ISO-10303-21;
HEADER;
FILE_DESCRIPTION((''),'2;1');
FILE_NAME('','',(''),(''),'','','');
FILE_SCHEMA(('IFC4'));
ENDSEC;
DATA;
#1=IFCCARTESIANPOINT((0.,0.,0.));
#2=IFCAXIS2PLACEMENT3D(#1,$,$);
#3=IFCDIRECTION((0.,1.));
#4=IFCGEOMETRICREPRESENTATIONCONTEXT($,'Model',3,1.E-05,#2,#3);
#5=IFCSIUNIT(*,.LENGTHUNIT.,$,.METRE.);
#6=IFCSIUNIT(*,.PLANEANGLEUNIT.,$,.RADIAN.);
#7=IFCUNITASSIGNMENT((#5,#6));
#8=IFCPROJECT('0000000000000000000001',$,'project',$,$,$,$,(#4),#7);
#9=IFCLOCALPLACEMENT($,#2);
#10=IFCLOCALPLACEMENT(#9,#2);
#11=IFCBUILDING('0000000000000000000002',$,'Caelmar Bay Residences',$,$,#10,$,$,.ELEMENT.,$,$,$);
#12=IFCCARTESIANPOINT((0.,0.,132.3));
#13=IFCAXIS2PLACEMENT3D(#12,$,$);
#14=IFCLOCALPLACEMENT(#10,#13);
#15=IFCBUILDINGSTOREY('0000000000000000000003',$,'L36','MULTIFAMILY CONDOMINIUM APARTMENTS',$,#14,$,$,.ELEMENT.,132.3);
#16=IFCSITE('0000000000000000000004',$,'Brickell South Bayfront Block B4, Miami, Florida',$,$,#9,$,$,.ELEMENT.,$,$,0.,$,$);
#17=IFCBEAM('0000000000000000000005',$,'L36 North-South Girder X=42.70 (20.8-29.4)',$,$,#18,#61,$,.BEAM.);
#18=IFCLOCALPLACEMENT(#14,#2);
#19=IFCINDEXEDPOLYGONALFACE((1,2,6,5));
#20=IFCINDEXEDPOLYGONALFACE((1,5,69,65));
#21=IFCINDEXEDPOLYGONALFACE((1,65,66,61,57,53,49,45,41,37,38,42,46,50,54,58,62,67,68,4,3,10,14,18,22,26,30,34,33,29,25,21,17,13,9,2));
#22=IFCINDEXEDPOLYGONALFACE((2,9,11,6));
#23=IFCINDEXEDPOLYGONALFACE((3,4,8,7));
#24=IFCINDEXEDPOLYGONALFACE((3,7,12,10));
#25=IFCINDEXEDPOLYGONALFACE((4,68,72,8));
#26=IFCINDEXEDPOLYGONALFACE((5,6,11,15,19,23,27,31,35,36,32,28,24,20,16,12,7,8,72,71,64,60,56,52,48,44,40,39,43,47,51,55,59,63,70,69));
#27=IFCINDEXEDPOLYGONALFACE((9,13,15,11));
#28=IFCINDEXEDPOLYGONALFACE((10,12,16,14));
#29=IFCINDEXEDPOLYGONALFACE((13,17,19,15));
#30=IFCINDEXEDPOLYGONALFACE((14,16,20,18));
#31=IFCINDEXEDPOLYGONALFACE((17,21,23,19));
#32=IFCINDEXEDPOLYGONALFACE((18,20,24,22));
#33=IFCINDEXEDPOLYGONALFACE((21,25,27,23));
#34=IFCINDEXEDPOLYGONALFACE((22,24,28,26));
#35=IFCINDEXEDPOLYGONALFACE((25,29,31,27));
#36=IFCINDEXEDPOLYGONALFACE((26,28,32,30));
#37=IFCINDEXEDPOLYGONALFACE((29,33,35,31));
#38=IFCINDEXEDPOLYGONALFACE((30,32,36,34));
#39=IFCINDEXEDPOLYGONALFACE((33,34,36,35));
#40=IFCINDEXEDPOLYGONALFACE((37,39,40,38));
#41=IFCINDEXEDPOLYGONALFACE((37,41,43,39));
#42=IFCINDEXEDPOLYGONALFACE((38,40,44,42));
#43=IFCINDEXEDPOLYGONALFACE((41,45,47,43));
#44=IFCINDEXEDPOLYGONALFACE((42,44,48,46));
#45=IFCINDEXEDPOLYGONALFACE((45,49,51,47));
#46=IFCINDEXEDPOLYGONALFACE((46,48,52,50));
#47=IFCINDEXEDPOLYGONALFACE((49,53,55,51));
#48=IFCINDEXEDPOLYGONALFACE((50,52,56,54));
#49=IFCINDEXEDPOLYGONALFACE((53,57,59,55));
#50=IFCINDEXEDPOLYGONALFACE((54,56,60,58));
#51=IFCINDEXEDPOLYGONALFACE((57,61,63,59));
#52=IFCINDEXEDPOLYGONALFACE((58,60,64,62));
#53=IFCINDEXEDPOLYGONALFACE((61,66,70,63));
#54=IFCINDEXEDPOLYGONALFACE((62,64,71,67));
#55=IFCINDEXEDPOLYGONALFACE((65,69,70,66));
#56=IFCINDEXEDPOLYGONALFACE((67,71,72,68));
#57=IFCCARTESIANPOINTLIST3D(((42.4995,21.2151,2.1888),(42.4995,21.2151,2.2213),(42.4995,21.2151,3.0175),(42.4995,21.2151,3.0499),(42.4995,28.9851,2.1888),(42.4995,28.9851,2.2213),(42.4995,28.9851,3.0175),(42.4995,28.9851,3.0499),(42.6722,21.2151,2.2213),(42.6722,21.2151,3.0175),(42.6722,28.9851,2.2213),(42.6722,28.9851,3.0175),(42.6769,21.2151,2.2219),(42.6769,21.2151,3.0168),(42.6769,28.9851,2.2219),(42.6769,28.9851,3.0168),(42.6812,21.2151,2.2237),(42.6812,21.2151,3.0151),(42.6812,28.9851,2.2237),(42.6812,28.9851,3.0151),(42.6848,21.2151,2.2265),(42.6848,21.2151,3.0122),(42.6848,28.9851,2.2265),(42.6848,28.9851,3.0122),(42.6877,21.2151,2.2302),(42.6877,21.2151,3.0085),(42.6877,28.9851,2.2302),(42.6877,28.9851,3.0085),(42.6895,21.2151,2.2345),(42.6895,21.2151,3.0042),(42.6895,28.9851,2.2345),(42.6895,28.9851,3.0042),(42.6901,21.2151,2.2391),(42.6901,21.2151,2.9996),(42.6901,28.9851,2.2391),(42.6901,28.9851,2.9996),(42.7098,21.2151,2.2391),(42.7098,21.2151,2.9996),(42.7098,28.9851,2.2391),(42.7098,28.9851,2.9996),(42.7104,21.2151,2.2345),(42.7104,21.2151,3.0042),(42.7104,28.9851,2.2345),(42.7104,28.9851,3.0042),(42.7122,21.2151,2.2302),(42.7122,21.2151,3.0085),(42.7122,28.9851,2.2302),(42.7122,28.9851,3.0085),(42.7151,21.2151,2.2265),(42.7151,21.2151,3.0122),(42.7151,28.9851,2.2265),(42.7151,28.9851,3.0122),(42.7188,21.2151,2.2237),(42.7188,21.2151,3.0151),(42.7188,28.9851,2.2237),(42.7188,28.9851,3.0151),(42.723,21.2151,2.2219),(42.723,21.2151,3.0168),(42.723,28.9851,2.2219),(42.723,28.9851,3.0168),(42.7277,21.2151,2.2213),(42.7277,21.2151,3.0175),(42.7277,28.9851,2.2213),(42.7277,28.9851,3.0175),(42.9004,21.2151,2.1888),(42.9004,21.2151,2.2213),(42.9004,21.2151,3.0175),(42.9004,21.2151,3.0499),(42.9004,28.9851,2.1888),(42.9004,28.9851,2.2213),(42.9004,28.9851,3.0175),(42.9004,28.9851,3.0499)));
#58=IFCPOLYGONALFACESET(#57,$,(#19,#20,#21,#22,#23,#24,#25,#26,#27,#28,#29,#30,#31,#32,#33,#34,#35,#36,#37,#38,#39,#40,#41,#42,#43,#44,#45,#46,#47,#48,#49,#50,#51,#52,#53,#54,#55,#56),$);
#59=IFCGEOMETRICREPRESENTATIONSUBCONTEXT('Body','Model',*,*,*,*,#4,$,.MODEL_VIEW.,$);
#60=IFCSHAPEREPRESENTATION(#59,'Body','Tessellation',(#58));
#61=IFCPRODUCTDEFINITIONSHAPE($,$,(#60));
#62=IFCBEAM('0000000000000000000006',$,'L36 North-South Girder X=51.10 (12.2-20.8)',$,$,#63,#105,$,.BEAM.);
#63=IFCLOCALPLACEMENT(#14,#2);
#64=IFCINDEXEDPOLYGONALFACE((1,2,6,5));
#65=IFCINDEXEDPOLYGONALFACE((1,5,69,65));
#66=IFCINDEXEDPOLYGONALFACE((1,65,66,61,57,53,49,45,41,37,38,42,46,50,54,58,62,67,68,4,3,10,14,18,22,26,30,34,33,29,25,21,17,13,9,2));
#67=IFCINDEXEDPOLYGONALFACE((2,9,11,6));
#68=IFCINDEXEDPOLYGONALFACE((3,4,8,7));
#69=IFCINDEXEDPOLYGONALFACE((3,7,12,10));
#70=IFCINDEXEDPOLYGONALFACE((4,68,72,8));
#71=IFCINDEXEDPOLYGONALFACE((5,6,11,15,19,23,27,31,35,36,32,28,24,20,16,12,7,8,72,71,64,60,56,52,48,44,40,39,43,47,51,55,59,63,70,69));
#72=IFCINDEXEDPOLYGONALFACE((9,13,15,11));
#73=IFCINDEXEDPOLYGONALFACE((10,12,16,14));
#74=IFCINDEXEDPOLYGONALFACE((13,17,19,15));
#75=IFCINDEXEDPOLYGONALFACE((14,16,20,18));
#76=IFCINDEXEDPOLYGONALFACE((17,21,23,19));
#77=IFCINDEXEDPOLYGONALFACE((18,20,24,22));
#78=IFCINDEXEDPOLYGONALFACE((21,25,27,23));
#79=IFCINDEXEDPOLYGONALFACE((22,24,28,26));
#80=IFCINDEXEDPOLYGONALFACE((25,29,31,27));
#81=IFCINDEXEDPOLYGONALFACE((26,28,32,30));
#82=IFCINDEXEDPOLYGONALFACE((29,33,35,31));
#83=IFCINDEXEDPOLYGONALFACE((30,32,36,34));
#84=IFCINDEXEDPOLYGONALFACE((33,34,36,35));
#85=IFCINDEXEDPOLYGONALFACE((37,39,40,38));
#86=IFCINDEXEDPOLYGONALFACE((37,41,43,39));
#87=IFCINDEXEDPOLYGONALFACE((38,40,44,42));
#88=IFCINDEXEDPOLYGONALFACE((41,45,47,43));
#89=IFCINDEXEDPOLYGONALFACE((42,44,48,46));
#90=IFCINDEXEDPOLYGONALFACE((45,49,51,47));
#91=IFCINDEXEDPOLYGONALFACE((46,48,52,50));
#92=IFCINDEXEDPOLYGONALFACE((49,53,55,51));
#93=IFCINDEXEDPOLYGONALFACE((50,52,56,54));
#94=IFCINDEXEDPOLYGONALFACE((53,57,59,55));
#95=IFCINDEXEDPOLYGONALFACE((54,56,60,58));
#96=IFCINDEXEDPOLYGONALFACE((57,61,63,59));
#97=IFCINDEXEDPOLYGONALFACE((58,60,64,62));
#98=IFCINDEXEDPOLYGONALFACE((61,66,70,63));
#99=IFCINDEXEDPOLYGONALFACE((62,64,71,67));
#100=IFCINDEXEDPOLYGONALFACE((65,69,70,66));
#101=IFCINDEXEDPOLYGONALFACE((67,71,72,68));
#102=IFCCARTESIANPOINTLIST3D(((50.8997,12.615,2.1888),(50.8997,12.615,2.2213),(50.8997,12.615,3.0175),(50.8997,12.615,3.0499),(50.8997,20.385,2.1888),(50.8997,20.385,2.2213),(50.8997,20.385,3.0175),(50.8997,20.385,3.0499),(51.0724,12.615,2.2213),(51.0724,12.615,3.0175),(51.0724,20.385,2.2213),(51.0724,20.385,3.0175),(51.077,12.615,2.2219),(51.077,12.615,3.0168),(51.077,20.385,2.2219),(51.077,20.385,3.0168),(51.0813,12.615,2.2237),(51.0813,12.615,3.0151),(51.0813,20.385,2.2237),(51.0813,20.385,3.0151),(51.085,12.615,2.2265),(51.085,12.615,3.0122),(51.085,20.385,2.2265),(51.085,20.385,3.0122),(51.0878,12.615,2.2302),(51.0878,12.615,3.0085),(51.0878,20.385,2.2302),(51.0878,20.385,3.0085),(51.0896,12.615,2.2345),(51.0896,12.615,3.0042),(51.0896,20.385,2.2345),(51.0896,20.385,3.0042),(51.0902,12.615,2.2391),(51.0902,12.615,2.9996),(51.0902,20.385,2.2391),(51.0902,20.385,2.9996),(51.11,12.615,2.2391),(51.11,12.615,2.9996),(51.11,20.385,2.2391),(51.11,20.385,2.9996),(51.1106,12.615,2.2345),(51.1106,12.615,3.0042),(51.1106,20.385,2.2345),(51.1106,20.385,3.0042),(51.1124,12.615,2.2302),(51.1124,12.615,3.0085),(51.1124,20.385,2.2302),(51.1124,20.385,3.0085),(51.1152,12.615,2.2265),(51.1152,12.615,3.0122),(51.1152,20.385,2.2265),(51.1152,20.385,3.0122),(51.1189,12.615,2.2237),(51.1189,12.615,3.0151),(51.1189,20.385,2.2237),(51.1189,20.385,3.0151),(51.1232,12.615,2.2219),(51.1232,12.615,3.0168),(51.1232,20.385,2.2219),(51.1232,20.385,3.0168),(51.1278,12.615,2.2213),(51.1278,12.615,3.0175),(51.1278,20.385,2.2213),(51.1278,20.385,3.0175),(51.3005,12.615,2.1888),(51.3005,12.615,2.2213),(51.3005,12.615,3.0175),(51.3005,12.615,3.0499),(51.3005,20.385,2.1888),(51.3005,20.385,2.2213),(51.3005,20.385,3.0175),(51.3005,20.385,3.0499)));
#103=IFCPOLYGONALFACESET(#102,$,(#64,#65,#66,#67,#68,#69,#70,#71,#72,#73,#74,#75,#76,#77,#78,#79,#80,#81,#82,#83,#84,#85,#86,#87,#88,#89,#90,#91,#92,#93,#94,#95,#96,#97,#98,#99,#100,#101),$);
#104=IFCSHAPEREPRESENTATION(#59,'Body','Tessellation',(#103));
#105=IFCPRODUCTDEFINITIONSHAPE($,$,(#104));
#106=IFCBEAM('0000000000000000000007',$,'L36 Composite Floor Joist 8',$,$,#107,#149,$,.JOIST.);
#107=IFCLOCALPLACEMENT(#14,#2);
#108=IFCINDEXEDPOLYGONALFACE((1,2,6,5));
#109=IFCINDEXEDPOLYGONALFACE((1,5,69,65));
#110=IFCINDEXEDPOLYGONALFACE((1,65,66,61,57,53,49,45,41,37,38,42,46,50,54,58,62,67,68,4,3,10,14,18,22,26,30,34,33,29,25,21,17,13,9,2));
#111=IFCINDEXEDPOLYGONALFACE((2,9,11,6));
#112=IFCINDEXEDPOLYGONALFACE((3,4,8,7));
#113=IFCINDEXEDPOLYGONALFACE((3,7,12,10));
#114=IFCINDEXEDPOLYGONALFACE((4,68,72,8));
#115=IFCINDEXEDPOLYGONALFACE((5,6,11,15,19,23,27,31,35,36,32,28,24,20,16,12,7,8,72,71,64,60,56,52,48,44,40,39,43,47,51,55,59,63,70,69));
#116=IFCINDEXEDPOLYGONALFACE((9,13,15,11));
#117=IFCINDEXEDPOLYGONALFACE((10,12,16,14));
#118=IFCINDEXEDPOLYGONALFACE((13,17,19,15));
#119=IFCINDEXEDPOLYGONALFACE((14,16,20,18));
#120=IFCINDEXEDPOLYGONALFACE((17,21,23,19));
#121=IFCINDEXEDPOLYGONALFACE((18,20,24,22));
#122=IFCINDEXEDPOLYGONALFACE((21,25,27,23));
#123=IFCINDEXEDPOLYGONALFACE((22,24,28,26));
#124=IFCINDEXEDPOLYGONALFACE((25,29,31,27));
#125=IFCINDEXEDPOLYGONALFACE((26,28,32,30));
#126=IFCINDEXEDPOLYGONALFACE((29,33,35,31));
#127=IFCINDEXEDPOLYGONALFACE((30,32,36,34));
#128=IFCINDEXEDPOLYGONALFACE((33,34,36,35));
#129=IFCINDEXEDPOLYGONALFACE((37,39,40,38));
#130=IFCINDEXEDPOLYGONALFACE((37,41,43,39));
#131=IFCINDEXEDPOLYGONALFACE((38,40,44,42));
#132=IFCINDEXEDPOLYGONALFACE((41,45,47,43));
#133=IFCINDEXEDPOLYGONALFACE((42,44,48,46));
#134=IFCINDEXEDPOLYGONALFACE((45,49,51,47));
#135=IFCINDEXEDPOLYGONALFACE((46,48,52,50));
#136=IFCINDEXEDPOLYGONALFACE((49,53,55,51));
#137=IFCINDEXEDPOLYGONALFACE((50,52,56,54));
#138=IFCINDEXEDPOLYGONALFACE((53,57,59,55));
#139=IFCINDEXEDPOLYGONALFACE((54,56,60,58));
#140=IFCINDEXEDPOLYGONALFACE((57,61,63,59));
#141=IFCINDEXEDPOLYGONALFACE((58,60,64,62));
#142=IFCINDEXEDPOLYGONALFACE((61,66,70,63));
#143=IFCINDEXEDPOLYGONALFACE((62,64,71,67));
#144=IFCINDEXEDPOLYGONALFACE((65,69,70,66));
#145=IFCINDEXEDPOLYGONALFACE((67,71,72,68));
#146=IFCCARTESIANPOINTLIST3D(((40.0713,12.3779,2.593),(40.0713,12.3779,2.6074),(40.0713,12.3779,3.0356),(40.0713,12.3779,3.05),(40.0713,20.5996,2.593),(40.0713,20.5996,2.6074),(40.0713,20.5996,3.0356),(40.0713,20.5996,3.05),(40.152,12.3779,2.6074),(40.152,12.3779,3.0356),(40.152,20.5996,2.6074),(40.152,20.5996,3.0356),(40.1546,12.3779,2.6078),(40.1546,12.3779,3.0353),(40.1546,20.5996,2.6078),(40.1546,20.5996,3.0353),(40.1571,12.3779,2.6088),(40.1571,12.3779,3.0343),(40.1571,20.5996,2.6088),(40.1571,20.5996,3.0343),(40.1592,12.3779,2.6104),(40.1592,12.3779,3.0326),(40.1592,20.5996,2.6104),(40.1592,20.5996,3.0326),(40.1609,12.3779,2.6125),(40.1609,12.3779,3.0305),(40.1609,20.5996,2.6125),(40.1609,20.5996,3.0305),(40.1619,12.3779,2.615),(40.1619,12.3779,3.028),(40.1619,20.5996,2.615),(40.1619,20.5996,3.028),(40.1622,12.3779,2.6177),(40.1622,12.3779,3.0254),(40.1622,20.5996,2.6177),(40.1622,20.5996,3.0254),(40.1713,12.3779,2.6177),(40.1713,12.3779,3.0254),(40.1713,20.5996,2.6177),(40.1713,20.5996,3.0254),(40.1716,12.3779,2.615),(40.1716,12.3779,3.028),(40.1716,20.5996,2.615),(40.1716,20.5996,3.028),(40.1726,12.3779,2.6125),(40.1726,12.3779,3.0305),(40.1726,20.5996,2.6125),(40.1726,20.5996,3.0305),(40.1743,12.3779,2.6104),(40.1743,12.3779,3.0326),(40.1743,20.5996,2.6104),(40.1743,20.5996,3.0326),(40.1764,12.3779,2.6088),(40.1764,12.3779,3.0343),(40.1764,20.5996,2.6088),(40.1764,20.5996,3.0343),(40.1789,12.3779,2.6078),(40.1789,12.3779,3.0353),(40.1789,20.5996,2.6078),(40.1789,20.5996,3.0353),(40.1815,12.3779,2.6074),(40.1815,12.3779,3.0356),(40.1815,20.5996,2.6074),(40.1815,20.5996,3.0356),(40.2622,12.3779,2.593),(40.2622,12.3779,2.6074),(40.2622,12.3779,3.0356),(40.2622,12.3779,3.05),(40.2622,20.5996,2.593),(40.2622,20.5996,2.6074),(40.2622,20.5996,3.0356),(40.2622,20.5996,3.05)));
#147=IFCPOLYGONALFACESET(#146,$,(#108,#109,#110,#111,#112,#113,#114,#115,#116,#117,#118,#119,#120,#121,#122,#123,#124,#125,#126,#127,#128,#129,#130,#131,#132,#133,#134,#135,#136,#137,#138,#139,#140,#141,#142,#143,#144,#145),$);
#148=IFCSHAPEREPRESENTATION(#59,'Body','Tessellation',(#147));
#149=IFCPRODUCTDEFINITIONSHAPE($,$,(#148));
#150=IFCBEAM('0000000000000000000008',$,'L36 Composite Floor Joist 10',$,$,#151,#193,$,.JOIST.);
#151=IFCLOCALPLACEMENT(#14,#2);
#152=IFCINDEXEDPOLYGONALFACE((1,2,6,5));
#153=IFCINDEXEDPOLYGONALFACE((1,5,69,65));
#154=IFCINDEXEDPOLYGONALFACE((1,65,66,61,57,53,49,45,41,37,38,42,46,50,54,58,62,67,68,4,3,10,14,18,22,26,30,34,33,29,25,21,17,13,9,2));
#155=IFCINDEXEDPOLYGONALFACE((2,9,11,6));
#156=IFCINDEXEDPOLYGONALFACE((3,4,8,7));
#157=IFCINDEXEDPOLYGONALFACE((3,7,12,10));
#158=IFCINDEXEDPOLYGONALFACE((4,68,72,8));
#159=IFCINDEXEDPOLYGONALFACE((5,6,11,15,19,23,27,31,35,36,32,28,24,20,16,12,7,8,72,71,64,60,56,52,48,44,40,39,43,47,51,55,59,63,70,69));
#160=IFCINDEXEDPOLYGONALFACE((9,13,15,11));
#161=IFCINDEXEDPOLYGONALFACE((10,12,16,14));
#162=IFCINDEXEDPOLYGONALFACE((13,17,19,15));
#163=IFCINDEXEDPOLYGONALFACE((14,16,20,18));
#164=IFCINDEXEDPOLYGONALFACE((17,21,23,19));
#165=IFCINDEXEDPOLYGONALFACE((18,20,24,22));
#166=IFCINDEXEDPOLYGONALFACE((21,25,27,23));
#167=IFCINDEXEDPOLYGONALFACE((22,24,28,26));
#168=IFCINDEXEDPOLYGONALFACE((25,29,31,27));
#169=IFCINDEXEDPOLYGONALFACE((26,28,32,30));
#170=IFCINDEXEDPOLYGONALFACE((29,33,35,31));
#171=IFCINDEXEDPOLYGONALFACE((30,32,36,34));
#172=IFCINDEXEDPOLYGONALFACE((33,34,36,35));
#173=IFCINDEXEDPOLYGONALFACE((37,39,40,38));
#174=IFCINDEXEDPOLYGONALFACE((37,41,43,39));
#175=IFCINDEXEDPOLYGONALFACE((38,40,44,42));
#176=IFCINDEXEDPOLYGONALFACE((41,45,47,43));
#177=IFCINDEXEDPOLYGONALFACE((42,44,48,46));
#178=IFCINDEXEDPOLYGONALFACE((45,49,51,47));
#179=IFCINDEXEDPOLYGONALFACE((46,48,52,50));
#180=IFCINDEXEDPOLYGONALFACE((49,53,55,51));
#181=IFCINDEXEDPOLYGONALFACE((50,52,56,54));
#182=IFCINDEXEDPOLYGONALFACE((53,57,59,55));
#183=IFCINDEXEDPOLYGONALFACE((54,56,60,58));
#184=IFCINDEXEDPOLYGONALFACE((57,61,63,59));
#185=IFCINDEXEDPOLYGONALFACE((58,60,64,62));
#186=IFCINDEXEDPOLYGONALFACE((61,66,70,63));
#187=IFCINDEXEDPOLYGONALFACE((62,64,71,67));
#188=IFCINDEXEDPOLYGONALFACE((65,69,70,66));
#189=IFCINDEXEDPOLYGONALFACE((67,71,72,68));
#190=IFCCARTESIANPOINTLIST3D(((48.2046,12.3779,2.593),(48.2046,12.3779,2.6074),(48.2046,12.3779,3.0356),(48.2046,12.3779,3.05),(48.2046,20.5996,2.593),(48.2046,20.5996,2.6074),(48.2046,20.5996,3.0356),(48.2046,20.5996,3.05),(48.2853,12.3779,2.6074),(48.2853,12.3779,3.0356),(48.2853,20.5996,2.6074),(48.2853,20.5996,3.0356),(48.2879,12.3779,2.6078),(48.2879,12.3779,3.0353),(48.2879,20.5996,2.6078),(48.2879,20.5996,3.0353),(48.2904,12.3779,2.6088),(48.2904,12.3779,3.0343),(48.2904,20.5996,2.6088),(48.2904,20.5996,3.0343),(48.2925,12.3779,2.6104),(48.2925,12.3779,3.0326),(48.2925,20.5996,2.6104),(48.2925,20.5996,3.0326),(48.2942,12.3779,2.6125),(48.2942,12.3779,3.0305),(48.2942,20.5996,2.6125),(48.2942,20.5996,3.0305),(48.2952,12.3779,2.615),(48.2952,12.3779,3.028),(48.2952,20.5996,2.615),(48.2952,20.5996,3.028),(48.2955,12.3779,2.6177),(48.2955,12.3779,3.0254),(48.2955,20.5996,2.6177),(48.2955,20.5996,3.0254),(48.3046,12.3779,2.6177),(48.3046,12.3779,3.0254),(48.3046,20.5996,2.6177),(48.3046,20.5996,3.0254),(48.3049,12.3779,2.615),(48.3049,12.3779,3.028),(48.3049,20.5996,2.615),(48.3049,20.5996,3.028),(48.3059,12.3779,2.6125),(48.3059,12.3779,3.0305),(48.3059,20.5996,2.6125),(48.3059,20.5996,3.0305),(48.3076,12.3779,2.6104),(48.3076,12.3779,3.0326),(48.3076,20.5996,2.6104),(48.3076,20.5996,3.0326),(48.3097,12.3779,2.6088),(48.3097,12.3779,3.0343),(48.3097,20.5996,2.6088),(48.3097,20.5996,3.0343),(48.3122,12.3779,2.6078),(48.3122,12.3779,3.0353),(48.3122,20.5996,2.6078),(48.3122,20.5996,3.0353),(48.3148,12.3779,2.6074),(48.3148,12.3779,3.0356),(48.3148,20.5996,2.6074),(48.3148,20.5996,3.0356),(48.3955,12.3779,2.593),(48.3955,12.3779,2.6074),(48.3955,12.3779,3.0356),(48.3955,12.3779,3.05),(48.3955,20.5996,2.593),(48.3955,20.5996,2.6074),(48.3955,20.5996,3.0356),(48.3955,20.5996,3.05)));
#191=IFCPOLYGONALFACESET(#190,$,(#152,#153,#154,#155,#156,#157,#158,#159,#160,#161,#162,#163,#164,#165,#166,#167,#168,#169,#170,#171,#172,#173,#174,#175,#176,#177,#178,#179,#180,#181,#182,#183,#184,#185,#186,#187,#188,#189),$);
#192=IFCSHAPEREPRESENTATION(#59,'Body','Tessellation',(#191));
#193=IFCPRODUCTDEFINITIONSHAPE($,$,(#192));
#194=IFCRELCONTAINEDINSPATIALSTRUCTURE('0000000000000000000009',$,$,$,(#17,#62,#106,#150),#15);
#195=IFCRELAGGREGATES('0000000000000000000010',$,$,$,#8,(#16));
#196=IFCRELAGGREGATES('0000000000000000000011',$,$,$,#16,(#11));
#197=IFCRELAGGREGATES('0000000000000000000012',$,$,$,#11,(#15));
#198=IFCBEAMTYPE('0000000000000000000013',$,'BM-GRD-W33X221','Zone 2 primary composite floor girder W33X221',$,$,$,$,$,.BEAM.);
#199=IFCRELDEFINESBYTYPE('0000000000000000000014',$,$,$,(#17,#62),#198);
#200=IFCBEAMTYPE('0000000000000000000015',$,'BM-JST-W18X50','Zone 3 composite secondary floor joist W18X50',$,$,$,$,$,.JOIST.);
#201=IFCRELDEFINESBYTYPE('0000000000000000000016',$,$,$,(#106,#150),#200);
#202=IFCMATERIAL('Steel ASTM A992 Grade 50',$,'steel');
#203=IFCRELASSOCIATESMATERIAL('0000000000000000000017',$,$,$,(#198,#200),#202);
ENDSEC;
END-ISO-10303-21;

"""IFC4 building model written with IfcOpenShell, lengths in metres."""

from ifc_helpers import new_model, si_unit, direction, frame, origin, origin_2d, place, context, subcontext, project, spatial, i_section, extrude, material, material_profile, profile_set, type_object, element, save


model = new_model("IFC4")

# Units and contexts
model_context = context("Model", 3, precision=1e-05, world=origin(), true_north=direction((0.0, 1.0)))
body_context = subcontext(model_context, "Body", "Model", "MODEL_VIEW")
ifc_project = project(units=[si_unit("LENGTHUNIT", "METRE"), si_unit("PLANEANGLEUNIT", "RADIAN")], contexts=[model_context])

# Site, building, storey
site_placement = place(None, origin())
site = spatial("IfcSite", under=ifc_project, at=site_placement, Name="Brickell South Bayfront Block B4, Miami, Florida", CompositionType="ELEMENT", RefElevation=0.0)
building_placement = place(site_placement, origin())
building = spatial("IfcBuilding", under=site, at=building_placement, Name="Caelmar Bay Residences", CompositionType="ELEMENT")
storey_placement = place(building_placement, frame((0.0, 0.0, 132.3)))
storey = spatial("IfcBuildingStorey", under=building, at=storey_placement, Name="L36", Description="MULTIFAMILY CONDOMINIUM APARTMENTS", CompositionType="ELEMENT", Elevation=132.3)

# Beams
ifc_material_1 = material(Name="Steel ASTM A992 Grade 50", Category="steel")
ifc_material_profile_1 = material_profile(ifc_material_1, i_section(OverallWidth=0.4009, OverallDepth=0.8611, WebThickness=0.0198, FlangeThickness=0.0325, FilletRadius=0.0178, at=origin_2d()), Name="W33X221")
ifc_profile_set_1 = profile_set([ifc_material_profile_1], Name="Steel ASTM A992 Grade 50")
beam_type_1 = type_object("IfcBeamType", Name="BM-GRD-W33X221", Description="Zone 2 primary composite floor girder W33X221", PredefinedType="BEAM", material=ifc_profile_set_1)
for number, where, z_axis, x_axis, name in (
    (1, (42.7, 21.2151, 2.6194), (0.0, 1.0, 0.0), (-1.0, 0.0, 0.0), "L36 North-South Girder X=42.70 (20.8-29.4)"),
    (2, (51.1001, 12.615, 2.6194), (0.0, 1.0, 0.0), (-1.0, 0.0, 0.0), "L36 North-South Girder X=51.10 (12.2-20.8)"),
):
    element("IfcBeam", number, at=place(storey_placement, frame(where, z_axis=z_axis, x_axis=x_axis)), inside=storey, type_object=beam_type_1, Name=name, PredefinedType="BEAM", context=body_context, shape_type="SweptSolid", body=[
        extrude(i_section(OverallWidth=0.4009, OverallDepth=0.8611, WebThickness=0.0198, FlangeThickness=0.0325, FilletRadius=0.0178, at=origin_2d()), origin(), (0.0, 0.0, 1.0), 7.77),
    ])
ifc_material_profile_2 = material_profile(ifc_material_1, i_section(OverallWidth=0.1909, OverallDepth=0.457, WebThickness=0.009, FlangeThickness=0.0144, FilletRadius=0.0103, at=origin_2d()), Name="W18X50")
ifc_profile_set_2 = profile_set([ifc_material_profile_2], Name="Steel ASTM A992 Grade 50")
beam_type_2 = type_object("IfcBeamType", Name="BM-JST-W18X50", Description="Zone 3 composite secondary floor joist W18X50", PredefinedType="JOIST", material=ifc_profile_set_2)
for number, where, z_axis, x_axis, name in (
    (3, (40.1667, 12.3779, 2.8215), (0.0, 1.0, 0.0), (-1.0, 0.0, 0.0), "L36 Composite Floor Joist 8"),
    (4, (48.3, 12.3779, 2.8215), (0.0, 1.0, 0.0), (-1.0, 0.0, 0.0), "L36 Composite Floor Joist 10"),
):
    element("IfcBeam", number, at=place(storey_placement, frame(where, z_axis=z_axis, x_axis=x_axis)), inside=storey, type_object=beam_type_2, Name=name, PredefinedType="JOIST", context=body_context, shape_type="SweptSolid", body=[
        extrude(i_section(OverallWidth=0.1909, OverallDepth=0.457, WebThickness=0.009, FlangeThickness=0.0144, FilletRadius=0.0103, at=origin_2d()), origin(), (0.0, 0.0, 1.0), 8.2217),
    ])

save(model, "model.ifc")
